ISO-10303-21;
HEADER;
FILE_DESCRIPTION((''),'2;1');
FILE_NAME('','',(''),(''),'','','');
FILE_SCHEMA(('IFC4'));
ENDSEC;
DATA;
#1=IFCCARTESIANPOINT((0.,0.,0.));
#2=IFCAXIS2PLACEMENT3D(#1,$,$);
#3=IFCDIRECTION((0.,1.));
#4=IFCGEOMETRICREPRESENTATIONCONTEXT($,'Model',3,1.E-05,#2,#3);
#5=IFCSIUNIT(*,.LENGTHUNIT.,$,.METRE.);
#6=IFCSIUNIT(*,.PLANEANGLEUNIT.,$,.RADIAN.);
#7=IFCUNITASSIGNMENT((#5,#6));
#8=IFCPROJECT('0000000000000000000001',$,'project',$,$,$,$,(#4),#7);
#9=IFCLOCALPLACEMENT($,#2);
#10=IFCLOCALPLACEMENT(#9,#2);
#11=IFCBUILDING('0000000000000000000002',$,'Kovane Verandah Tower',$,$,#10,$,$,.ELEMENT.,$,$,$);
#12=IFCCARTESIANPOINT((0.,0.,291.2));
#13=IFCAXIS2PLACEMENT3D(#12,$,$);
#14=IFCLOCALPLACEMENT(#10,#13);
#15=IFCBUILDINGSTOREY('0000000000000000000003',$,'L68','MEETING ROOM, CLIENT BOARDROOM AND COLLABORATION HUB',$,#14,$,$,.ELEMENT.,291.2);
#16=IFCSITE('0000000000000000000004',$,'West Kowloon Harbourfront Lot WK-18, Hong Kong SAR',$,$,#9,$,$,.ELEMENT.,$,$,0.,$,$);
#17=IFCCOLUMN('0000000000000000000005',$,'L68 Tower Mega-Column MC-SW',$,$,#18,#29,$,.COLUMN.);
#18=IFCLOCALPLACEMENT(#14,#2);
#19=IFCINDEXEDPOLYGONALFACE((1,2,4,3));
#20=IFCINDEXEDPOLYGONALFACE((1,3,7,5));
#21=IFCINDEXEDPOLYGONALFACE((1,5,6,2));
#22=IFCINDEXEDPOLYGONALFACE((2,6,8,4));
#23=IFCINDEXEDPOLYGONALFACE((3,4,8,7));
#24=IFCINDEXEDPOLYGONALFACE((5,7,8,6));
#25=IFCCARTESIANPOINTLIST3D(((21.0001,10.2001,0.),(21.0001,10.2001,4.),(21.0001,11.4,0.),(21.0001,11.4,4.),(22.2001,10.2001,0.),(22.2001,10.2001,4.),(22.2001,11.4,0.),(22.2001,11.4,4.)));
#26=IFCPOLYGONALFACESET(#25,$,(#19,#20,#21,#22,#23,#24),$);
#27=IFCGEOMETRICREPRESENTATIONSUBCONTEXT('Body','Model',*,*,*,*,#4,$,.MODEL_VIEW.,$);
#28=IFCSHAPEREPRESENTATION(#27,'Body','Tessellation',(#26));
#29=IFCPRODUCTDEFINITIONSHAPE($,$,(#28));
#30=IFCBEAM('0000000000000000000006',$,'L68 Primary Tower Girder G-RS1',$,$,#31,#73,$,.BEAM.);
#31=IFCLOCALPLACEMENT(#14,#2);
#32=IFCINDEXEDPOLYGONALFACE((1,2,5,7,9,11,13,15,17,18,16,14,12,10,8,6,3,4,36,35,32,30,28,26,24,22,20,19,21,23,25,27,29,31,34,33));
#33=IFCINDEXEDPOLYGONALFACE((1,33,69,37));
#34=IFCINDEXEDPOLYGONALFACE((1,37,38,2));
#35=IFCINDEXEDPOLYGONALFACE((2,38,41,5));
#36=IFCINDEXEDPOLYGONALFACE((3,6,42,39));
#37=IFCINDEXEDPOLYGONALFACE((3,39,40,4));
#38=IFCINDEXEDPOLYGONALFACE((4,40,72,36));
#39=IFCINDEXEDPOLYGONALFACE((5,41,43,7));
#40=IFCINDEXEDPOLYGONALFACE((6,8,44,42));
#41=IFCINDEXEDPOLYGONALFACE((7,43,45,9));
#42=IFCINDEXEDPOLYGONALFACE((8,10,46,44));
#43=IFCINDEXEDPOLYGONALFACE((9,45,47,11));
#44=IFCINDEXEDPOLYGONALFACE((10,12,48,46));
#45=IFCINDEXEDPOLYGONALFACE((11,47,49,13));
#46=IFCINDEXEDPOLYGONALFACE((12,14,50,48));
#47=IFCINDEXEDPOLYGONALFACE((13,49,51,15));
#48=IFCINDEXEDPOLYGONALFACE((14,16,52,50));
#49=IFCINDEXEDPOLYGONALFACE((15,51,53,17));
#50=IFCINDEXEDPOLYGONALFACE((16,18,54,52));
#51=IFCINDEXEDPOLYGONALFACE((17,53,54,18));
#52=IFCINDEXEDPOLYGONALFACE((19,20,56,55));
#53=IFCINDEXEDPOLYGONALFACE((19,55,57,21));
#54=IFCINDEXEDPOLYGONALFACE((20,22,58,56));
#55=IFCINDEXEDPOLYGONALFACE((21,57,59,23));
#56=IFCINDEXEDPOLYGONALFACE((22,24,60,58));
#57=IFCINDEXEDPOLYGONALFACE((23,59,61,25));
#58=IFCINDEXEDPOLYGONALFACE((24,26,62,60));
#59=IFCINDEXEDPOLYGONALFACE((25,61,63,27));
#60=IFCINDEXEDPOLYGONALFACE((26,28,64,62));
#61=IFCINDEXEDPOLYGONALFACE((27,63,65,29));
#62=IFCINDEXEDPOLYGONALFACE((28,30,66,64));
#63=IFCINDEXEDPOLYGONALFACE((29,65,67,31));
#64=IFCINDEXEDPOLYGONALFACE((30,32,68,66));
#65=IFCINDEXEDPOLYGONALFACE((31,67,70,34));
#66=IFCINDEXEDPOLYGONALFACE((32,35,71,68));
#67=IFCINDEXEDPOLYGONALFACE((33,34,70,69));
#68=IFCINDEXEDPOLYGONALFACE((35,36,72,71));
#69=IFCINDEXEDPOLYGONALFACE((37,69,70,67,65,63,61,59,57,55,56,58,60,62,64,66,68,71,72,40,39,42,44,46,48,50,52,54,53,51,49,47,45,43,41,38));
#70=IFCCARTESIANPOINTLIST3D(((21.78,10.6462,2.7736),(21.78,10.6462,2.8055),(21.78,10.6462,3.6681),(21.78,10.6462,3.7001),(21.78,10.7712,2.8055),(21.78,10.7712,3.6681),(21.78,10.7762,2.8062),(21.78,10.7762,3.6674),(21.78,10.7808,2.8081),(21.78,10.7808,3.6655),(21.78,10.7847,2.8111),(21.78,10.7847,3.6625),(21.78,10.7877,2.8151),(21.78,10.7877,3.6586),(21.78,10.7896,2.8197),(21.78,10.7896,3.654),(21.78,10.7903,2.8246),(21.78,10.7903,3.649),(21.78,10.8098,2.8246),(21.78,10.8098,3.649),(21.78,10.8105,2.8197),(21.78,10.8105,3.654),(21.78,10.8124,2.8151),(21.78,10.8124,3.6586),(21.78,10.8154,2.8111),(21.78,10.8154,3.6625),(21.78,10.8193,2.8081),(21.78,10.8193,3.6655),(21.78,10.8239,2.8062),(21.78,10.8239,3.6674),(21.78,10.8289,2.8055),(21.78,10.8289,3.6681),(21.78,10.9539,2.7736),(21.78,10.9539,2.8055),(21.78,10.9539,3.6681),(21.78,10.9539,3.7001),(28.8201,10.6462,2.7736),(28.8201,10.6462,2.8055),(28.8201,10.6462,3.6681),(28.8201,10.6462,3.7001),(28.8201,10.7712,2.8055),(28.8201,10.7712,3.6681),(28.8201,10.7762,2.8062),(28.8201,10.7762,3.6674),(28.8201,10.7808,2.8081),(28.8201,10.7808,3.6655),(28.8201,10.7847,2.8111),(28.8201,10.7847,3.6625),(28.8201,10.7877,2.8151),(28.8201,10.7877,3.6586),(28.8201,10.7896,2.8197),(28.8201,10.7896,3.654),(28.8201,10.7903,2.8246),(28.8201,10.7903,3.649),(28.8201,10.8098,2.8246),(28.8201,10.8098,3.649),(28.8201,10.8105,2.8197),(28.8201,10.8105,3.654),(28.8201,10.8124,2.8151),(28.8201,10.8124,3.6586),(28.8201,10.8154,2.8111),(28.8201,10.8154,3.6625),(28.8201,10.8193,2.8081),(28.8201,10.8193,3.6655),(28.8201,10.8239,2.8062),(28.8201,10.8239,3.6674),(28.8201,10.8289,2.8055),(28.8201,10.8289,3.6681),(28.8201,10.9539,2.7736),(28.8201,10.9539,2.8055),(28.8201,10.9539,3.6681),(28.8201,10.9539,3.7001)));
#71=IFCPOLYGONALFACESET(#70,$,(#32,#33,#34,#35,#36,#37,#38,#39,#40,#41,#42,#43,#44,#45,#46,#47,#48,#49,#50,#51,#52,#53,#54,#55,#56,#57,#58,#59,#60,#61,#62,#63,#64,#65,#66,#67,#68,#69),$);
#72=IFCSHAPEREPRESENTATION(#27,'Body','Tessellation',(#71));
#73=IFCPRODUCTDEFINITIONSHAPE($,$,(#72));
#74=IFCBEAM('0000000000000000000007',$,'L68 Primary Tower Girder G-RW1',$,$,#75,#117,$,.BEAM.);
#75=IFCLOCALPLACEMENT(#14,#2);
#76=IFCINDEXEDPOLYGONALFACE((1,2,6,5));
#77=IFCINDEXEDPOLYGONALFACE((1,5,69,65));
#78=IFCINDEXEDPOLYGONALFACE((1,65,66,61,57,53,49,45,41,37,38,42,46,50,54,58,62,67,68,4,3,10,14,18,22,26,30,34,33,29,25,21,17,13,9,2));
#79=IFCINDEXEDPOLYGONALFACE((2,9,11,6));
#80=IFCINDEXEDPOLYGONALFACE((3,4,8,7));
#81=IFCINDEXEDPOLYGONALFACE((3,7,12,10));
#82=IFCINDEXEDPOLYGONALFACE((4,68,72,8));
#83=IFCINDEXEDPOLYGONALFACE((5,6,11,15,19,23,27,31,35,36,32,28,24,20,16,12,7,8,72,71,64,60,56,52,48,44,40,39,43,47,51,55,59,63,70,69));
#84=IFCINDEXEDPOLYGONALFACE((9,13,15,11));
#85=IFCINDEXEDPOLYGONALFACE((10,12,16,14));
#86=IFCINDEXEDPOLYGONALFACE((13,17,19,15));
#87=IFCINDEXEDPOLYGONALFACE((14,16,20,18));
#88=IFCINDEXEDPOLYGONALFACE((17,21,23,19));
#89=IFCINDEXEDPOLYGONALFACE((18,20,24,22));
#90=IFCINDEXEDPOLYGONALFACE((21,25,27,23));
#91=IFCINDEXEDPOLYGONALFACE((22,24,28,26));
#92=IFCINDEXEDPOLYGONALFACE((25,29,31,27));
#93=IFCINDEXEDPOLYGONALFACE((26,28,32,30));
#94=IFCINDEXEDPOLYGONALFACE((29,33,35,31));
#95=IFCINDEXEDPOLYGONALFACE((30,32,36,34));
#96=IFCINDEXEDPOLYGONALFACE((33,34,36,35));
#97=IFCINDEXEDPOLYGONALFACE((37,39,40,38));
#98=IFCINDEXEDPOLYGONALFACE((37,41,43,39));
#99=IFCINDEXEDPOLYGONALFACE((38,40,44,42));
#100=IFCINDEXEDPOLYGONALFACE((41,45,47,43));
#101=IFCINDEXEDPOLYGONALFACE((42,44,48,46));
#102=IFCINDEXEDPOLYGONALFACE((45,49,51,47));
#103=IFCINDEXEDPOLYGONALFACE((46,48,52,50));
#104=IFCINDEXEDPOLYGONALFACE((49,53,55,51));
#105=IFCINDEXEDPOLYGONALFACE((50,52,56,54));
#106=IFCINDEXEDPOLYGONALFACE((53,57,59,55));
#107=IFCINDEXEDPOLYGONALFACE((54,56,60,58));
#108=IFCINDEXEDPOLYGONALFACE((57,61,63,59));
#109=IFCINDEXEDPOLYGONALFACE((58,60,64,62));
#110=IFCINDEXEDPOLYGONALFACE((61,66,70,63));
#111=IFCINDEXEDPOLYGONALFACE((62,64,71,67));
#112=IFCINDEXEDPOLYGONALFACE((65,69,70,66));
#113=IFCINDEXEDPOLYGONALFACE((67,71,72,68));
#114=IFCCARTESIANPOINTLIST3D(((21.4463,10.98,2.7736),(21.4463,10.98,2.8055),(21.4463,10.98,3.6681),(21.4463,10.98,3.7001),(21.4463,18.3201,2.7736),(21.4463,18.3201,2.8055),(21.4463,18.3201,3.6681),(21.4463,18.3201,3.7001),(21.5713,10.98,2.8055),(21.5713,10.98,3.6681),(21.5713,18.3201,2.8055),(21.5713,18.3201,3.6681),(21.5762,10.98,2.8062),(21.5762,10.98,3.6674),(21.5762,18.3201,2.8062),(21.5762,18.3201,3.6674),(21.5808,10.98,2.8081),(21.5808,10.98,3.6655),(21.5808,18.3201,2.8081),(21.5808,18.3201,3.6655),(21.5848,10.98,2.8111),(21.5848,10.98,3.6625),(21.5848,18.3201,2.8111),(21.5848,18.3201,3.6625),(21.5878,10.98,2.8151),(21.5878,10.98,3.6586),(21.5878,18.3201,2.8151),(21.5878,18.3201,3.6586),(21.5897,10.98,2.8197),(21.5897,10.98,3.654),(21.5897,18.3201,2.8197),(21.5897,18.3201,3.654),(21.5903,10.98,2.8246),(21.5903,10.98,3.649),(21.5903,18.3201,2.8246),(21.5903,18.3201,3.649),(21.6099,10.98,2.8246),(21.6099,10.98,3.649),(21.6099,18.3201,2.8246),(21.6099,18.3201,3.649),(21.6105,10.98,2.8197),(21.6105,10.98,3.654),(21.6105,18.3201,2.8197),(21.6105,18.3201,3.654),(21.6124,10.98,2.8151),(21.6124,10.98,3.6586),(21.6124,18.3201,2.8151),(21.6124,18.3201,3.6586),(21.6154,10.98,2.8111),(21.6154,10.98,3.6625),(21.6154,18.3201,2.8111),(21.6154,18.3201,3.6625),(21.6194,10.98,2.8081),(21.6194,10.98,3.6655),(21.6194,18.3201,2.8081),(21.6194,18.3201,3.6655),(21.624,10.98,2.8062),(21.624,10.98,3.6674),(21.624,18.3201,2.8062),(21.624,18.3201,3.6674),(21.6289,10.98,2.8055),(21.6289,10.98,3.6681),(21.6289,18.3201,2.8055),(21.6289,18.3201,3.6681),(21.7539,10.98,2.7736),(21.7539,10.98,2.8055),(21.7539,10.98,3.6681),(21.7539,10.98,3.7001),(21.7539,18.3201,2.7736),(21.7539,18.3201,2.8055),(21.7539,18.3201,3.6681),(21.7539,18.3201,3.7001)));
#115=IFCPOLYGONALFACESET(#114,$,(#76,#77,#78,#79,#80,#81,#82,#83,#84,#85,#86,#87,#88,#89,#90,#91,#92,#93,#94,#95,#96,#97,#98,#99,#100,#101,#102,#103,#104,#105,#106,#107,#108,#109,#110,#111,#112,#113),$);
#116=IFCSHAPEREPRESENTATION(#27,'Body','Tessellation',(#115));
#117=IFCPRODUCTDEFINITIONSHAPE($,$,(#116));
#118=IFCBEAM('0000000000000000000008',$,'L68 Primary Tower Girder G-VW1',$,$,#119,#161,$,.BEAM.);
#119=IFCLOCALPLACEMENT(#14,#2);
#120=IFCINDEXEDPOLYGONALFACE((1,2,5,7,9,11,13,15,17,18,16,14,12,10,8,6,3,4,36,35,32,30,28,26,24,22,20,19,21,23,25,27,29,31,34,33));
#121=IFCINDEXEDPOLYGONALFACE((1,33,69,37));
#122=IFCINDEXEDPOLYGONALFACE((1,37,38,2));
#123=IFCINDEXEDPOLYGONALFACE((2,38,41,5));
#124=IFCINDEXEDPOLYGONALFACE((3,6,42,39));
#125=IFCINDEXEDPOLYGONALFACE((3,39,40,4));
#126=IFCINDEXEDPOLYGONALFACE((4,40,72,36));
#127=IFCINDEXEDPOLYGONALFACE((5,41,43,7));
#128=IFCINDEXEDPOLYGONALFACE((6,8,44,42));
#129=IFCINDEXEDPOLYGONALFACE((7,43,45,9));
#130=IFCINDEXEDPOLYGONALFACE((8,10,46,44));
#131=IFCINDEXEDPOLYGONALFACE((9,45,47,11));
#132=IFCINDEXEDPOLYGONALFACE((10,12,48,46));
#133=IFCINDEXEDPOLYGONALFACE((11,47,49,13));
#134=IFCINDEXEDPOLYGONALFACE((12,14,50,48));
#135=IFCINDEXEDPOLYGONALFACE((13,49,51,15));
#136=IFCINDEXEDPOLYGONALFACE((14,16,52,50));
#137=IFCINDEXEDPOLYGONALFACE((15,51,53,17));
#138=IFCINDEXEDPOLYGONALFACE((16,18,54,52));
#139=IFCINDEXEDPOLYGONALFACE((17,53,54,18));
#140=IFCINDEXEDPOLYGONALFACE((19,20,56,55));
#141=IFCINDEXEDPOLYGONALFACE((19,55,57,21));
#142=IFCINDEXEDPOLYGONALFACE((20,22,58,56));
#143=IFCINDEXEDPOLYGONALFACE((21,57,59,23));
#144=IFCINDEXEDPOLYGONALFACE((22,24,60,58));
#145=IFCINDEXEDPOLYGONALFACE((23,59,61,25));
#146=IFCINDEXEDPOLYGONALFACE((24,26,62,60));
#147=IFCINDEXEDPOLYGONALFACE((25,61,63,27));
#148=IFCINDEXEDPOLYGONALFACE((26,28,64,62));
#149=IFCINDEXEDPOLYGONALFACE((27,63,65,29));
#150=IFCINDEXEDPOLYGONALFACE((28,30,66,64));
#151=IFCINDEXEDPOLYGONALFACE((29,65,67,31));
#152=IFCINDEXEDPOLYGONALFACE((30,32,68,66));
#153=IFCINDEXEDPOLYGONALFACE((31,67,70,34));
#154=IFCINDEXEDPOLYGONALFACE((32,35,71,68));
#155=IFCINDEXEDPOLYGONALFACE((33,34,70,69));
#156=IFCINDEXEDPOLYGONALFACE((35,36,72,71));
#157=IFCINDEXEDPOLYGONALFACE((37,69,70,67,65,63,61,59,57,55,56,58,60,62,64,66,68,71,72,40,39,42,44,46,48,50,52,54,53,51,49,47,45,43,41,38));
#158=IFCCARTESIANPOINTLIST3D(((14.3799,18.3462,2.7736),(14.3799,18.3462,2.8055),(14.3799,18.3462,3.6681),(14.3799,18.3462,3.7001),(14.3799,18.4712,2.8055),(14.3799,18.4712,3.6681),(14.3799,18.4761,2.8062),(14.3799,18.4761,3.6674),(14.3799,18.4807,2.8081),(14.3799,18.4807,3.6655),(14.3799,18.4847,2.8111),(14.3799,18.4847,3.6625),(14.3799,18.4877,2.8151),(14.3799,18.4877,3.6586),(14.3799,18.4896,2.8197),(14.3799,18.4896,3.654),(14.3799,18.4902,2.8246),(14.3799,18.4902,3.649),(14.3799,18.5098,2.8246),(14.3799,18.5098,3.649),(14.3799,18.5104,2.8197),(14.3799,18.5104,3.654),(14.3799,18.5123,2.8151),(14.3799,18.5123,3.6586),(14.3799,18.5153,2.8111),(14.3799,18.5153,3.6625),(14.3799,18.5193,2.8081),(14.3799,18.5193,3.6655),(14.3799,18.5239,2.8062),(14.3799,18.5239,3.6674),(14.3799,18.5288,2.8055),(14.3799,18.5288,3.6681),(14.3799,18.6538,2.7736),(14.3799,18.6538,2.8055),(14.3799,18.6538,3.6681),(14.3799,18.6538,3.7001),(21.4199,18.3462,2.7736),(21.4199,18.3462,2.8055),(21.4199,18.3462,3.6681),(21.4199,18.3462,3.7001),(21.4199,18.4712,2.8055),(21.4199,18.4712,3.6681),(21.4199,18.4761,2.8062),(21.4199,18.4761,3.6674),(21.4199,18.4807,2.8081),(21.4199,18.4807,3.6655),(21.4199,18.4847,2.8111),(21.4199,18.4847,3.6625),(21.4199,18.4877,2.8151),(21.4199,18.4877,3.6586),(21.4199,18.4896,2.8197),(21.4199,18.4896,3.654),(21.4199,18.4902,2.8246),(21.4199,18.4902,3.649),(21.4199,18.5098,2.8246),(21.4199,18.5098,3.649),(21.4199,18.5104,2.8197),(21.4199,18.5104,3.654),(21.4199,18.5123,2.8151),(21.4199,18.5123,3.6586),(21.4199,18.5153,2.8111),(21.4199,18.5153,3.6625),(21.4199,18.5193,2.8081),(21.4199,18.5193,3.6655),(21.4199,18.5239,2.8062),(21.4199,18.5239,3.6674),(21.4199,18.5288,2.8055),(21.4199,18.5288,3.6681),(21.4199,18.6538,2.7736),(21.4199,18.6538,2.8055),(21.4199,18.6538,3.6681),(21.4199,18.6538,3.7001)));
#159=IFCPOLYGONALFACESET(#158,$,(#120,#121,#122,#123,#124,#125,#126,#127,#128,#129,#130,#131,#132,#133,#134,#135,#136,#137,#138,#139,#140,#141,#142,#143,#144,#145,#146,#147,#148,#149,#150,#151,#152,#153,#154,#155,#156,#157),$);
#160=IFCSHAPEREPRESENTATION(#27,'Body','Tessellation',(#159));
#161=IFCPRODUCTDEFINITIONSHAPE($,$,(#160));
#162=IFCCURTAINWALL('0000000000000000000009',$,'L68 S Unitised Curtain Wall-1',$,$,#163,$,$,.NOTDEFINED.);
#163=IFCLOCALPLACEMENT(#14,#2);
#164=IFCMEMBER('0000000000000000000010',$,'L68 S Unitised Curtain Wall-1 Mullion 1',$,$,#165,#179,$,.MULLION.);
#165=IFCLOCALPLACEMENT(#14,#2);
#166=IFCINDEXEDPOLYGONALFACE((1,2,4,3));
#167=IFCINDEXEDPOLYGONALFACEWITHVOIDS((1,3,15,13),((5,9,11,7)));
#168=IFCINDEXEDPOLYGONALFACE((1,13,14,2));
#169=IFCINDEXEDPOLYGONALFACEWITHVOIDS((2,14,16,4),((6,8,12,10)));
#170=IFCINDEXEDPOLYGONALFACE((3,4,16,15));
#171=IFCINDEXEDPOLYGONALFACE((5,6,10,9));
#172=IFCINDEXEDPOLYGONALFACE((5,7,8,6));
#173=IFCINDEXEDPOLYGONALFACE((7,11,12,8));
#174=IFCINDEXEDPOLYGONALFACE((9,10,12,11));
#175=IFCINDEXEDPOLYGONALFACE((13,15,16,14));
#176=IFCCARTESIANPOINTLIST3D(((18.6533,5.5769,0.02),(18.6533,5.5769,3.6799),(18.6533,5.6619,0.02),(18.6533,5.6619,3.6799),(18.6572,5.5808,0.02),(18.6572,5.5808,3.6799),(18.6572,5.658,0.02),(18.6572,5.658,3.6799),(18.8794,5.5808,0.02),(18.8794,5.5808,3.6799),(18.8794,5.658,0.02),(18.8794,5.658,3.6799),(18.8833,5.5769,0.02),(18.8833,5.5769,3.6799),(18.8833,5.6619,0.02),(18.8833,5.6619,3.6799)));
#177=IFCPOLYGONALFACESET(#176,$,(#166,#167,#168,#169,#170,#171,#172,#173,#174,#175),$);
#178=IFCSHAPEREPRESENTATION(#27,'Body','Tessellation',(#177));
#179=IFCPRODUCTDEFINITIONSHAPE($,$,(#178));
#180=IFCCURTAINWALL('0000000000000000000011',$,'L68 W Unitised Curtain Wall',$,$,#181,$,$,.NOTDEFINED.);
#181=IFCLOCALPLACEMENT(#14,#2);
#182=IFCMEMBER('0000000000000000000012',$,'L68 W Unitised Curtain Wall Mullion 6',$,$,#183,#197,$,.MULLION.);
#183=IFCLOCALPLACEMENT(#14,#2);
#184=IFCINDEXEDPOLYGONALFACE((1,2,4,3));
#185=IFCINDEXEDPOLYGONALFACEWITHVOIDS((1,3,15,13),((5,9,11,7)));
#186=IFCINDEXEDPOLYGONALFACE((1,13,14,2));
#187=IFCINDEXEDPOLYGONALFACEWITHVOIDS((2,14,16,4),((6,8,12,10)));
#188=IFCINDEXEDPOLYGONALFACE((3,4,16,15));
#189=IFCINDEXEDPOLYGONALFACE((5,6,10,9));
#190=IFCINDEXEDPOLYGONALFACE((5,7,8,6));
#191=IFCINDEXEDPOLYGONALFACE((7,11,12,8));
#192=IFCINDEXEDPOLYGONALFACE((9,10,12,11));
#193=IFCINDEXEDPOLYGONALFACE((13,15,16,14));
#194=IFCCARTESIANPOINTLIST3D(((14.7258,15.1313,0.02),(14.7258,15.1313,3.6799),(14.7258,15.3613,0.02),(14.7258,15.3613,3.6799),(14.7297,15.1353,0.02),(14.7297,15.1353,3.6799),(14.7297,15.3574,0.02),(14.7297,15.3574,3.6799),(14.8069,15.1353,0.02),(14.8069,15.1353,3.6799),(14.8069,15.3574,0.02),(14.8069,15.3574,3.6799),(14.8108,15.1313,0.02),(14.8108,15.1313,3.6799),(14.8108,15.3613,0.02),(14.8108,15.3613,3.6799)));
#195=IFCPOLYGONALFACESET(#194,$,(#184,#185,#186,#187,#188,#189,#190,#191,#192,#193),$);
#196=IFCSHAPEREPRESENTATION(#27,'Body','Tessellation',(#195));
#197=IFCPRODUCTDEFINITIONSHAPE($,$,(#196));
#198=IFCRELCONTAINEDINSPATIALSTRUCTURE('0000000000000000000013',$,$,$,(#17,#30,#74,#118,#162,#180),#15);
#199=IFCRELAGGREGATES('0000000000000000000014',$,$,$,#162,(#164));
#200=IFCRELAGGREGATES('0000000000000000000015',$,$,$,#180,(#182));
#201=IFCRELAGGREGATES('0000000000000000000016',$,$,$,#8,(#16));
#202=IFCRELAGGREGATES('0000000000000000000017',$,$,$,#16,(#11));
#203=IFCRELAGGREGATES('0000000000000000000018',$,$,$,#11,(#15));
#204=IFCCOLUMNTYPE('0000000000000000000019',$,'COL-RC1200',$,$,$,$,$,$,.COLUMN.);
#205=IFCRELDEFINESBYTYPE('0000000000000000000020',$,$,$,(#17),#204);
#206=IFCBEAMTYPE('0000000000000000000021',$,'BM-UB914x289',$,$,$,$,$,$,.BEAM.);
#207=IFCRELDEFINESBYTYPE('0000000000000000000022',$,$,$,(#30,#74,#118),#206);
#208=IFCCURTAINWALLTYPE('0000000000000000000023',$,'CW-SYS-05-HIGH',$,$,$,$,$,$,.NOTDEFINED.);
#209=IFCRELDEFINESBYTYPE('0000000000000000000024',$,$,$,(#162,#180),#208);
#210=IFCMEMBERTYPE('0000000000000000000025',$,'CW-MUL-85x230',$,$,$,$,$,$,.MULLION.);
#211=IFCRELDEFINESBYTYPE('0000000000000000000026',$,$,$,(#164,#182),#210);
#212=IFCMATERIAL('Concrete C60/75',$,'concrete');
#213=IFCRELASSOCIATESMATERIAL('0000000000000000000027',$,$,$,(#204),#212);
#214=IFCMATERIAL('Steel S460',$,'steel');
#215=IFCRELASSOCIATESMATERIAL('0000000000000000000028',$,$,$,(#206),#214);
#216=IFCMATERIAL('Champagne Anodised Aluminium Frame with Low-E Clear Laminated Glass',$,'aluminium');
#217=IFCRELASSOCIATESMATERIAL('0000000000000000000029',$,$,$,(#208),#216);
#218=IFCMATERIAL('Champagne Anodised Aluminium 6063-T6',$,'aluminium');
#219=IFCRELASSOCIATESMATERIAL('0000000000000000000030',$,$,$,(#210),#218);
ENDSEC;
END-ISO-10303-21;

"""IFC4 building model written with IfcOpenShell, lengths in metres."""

from ifc_helpers import new_model, si_unit, direction, frame, origin, origin_2d, place, context, subcontext, project, spatial, rectangle, hollow_rectangle, i_section, extrude, material, material_profile, profile_set, type_object, element, aggregate, save


model = new_model("IFC4")

# Units and contexts
model_context = context("Model", 3, precision=1e-05, world=origin(), true_north=direction((0.0, 1.0)))
body_context = subcontext(model_context, "Body", "Model", "MODEL_VIEW")
ifc_project = project(units=[si_unit("LENGTHUNIT", "METRE"), si_unit("PLANEANGLEUNIT", "RADIAN")], contexts=[model_context])

# Site, building, storey
site_placement = place(None, origin())
site = spatial("IfcSite", under=ifc_project, at=site_placement, Name="West Kowloon Harbourfront Lot WK-18, Hong Kong SAR", CompositionType="ELEMENT", RefElevation=0.0)
building_placement = place(site_placement, origin())
building = spatial("IfcBuilding", under=site, at=building_placement, Name="Kovane Verandah Tower", CompositionType="ELEMENT")
storey_placement = place(building_placement, frame((0.0, 0.0, 291.2)))
storey = spatial("IfcBuildingStorey", under=building, at=storey_placement, Name="L68", Description="MEETING ROOM, CLIENT BOARDROOM AND COLLABORATION HUB", CompositionType="ELEMENT", Elevation=291.2)

# Column
ifc_material_1 = material(Name="Concrete C60/75", Category="concrete")
ifc_material_profile_1 = material_profile(ifc_material_1, rectangle(XDim=1.2, YDim=1.2, at=origin_2d()), Name="RC1200x1200")
ifc_profile_set_1 = profile_set([ifc_material_profile_1], Name="Concrete C60/75")
column_type = type_object("IfcColumnType", Name="COL-RC1200", PredefinedType="COLUMN", material=ifc_profile_set_1)
column_placement = place(storey_placement, frame((21.6001, 10.8, 0.0), z_axis=(0.0, 0.0, 1.0), x_axis=(1.0, 0.0, 0.0)))
element("IfcColumn", 1, at=column_placement, inside=storey, type_object=column_type, Name="L68 Tower Mega-Column MC-SW", PredefinedType="COLUMN", context=body_context, shape_type="SweptSolid", body=[
    extrude(rectangle(XDim=1.2, YDim=1.2, at=origin_2d()), origin(), (0.0, 0.0, 1.0), 4.0),
])

# Beams
ifc_material_2 = material(Name="Steel S460", Category="steel")
ifc_material_profile_2 = material_profile(ifc_material_2, i_section(OverallWidth=0.3076, OverallDepth=0.9265, WebThickness=0.0195, FlangeThickness=0.032, FilletRadius=0.019, at=origin_2d()), Name="UB914x305x289")
ifc_profile_set_2 = profile_set([ifc_material_profile_2], Name="Steel S460")
beam_type = type_object("IfcBeamType", Name="BM-UB914x289", PredefinedType="BEAM", material=ifc_profile_set_2)
beam_1_placement = place(storey_placement, frame((21.78, 10.8, 3.2368), z_axis=(1.0, 0.0, 0.0), x_axis=(0.0, 1.0, 0.0)))
element("IfcBeam", 2, at=beam_1_placement, inside=storey, type_object=beam_type, Name="L68 Primary Tower Girder G-RS1", PredefinedType="BEAM", context=body_context, shape_type="SweptSolid", body=[
    extrude(i_section(OverallWidth=0.3076, OverallDepth=0.9265, WebThickness=0.0195, FlangeThickness=0.032, FilletRadius=0.019, at=origin_2d()), origin(), (0.0, 0.0, 1.0), 7.04),
])
beam_2_placement = place(storey_placement, frame((21.6001, 10.98, 3.2368), z_axis=(0.0, 1.0, 0.0), x_axis=(-1.0, 0.0, 0.0)))
element("IfcBeam", 3, at=beam_2_placement, inside=storey, type_object=beam_type, Name="L68 Primary Tower Girder G-RW1", PredefinedType="BEAM", context=body_context, shape_type="SweptSolid", body=[
    extrude(i_section(OverallWidth=0.3076, OverallDepth=0.9265, WebThickness=0.0195, FlangeThickness=0.032, FilletRadius=0.019, at=origin_2d()), origin(), (0.0, 0.0, 1.0), 7.3401),
])
beam_3_placement = place(storey_placement, frame((21.4199, 18.5, 3.2368), z_axis=(-1.0, 0.0, 0.0), x_axis=(0.0, -1.0, 0.0)))
element("IfcBeam", 4, at=beam_3_placement, inside=storey, type_object=beam_type, Name="L68 Primary Tower Girder G-VW1", PredefinedType="BEAM", context=body_context, shape_type="SweptSolid", body=[
    extrude(i_section(OverallWidth=0.3076, OverallDepth=0.9265, WebThickness=0.0195, FlangeThickness=0.032, FilletRadius=0.019, at=origin_2d()), origin(), (0.0, 0.0, 1.0), 7.04),
])

# Curtain walls, members
ifc_material_3 = material(Name="Champagne Anodised Aluminium Frame with Low-E Clear Laminated Glass", Category="aluminium")
curtain_wall_type = type_object("IfcCurtainWallType", Name="CW-SYS-05-HIGH", PredefinedType="NOTDEFINED", material=ifc_material_3)
curtain_wall_1_placement = place(storey_placement, origin())
curtain_wall_1 = element("IfcCurtainWall", 5, at=curtain_wall_1_placement, inside=storey, type_object=curtain_wall_type, Name="L68 S Unitised Curtain Wall-1", PredefinedType="NOTDEFINED")
ifc_material_4 = material(Name="Champagne Anodised Aluminium 6063-T6", Category="aluminium")
ifc_material_profile_3 = material_profile(ifc_material_4, hollow_rectangle(XDim=0.085, YDim=0.23, WallThickness=0.0039, at=origin_2d()), Name="AL85x230x4")
ifc_profile_set_3 = profile_set([ifc_material_profile_3], Name="Champagne Anodised Aluminium 6063-T6")
member_type_1 = type_object("IfcMemberType", Name="CW-MUL-85x230", PredefinedType="MULLION", material=ifc_profile_set_3)
member_1_placement = place(storey_placement, frame((18.7683, 5.6194, 0.02), z_axis=(0.0, 0.0, 1.0), x_axis=(0.0, -1.0, 0.0)))
member_1 = element("IfcMember", 6, at=member_1_placement, type_object=member_type_1, Name="L68 S Unitised Curtain Wall-1 Mullion 1", PredefinedType="MULLION", context=body_context, shape_type="SweptSolid", body=[
    extrude(hollow_rectangle(XDim=0.085, YDim=0.23, WallThickness=0.0039, at=origin_2d()), origin(), (0.0, 0.0, 1.0), 3.6599),
])
curtain_wall_2_placement = place(storey_placement, origin())
curtain_wall_2 = element("IfcCurtainWall", 7, at=curtain_wall_2_placement, inside=storey, type_object=curtain_wall_type, Name="L68 W Unitised Curtain Wall", PredefinedType="NOTDEFINED")
member_2_placement = place(storey_placement, frame((14.7683, 15.2463, 0.02), z_axis=(0.0, 0.0, 1.0), x_axis=(-1.0, 0.0, 0.0)))
member_2 = element("IfcMember", 8, at=member_2_placement, type_object=member_type_1, Name="L68 W Unitised Curtain Wall Mullion 6", PredefinedType="MULLION", context=body_context, shape_type="SweptSolid", body=[
    extrude(hollow_rectangle(XDim=0.085, YDim=0.23, WallThickness=0.0039, at=origin_2d()), origin(), (0.0, 0.0, 1.0), 3.6599),
])

aggregate(curtain_wall_1, [member_1])
aggregate(curtain_wall_2, [member_2])

save(model, "model.ifc")
